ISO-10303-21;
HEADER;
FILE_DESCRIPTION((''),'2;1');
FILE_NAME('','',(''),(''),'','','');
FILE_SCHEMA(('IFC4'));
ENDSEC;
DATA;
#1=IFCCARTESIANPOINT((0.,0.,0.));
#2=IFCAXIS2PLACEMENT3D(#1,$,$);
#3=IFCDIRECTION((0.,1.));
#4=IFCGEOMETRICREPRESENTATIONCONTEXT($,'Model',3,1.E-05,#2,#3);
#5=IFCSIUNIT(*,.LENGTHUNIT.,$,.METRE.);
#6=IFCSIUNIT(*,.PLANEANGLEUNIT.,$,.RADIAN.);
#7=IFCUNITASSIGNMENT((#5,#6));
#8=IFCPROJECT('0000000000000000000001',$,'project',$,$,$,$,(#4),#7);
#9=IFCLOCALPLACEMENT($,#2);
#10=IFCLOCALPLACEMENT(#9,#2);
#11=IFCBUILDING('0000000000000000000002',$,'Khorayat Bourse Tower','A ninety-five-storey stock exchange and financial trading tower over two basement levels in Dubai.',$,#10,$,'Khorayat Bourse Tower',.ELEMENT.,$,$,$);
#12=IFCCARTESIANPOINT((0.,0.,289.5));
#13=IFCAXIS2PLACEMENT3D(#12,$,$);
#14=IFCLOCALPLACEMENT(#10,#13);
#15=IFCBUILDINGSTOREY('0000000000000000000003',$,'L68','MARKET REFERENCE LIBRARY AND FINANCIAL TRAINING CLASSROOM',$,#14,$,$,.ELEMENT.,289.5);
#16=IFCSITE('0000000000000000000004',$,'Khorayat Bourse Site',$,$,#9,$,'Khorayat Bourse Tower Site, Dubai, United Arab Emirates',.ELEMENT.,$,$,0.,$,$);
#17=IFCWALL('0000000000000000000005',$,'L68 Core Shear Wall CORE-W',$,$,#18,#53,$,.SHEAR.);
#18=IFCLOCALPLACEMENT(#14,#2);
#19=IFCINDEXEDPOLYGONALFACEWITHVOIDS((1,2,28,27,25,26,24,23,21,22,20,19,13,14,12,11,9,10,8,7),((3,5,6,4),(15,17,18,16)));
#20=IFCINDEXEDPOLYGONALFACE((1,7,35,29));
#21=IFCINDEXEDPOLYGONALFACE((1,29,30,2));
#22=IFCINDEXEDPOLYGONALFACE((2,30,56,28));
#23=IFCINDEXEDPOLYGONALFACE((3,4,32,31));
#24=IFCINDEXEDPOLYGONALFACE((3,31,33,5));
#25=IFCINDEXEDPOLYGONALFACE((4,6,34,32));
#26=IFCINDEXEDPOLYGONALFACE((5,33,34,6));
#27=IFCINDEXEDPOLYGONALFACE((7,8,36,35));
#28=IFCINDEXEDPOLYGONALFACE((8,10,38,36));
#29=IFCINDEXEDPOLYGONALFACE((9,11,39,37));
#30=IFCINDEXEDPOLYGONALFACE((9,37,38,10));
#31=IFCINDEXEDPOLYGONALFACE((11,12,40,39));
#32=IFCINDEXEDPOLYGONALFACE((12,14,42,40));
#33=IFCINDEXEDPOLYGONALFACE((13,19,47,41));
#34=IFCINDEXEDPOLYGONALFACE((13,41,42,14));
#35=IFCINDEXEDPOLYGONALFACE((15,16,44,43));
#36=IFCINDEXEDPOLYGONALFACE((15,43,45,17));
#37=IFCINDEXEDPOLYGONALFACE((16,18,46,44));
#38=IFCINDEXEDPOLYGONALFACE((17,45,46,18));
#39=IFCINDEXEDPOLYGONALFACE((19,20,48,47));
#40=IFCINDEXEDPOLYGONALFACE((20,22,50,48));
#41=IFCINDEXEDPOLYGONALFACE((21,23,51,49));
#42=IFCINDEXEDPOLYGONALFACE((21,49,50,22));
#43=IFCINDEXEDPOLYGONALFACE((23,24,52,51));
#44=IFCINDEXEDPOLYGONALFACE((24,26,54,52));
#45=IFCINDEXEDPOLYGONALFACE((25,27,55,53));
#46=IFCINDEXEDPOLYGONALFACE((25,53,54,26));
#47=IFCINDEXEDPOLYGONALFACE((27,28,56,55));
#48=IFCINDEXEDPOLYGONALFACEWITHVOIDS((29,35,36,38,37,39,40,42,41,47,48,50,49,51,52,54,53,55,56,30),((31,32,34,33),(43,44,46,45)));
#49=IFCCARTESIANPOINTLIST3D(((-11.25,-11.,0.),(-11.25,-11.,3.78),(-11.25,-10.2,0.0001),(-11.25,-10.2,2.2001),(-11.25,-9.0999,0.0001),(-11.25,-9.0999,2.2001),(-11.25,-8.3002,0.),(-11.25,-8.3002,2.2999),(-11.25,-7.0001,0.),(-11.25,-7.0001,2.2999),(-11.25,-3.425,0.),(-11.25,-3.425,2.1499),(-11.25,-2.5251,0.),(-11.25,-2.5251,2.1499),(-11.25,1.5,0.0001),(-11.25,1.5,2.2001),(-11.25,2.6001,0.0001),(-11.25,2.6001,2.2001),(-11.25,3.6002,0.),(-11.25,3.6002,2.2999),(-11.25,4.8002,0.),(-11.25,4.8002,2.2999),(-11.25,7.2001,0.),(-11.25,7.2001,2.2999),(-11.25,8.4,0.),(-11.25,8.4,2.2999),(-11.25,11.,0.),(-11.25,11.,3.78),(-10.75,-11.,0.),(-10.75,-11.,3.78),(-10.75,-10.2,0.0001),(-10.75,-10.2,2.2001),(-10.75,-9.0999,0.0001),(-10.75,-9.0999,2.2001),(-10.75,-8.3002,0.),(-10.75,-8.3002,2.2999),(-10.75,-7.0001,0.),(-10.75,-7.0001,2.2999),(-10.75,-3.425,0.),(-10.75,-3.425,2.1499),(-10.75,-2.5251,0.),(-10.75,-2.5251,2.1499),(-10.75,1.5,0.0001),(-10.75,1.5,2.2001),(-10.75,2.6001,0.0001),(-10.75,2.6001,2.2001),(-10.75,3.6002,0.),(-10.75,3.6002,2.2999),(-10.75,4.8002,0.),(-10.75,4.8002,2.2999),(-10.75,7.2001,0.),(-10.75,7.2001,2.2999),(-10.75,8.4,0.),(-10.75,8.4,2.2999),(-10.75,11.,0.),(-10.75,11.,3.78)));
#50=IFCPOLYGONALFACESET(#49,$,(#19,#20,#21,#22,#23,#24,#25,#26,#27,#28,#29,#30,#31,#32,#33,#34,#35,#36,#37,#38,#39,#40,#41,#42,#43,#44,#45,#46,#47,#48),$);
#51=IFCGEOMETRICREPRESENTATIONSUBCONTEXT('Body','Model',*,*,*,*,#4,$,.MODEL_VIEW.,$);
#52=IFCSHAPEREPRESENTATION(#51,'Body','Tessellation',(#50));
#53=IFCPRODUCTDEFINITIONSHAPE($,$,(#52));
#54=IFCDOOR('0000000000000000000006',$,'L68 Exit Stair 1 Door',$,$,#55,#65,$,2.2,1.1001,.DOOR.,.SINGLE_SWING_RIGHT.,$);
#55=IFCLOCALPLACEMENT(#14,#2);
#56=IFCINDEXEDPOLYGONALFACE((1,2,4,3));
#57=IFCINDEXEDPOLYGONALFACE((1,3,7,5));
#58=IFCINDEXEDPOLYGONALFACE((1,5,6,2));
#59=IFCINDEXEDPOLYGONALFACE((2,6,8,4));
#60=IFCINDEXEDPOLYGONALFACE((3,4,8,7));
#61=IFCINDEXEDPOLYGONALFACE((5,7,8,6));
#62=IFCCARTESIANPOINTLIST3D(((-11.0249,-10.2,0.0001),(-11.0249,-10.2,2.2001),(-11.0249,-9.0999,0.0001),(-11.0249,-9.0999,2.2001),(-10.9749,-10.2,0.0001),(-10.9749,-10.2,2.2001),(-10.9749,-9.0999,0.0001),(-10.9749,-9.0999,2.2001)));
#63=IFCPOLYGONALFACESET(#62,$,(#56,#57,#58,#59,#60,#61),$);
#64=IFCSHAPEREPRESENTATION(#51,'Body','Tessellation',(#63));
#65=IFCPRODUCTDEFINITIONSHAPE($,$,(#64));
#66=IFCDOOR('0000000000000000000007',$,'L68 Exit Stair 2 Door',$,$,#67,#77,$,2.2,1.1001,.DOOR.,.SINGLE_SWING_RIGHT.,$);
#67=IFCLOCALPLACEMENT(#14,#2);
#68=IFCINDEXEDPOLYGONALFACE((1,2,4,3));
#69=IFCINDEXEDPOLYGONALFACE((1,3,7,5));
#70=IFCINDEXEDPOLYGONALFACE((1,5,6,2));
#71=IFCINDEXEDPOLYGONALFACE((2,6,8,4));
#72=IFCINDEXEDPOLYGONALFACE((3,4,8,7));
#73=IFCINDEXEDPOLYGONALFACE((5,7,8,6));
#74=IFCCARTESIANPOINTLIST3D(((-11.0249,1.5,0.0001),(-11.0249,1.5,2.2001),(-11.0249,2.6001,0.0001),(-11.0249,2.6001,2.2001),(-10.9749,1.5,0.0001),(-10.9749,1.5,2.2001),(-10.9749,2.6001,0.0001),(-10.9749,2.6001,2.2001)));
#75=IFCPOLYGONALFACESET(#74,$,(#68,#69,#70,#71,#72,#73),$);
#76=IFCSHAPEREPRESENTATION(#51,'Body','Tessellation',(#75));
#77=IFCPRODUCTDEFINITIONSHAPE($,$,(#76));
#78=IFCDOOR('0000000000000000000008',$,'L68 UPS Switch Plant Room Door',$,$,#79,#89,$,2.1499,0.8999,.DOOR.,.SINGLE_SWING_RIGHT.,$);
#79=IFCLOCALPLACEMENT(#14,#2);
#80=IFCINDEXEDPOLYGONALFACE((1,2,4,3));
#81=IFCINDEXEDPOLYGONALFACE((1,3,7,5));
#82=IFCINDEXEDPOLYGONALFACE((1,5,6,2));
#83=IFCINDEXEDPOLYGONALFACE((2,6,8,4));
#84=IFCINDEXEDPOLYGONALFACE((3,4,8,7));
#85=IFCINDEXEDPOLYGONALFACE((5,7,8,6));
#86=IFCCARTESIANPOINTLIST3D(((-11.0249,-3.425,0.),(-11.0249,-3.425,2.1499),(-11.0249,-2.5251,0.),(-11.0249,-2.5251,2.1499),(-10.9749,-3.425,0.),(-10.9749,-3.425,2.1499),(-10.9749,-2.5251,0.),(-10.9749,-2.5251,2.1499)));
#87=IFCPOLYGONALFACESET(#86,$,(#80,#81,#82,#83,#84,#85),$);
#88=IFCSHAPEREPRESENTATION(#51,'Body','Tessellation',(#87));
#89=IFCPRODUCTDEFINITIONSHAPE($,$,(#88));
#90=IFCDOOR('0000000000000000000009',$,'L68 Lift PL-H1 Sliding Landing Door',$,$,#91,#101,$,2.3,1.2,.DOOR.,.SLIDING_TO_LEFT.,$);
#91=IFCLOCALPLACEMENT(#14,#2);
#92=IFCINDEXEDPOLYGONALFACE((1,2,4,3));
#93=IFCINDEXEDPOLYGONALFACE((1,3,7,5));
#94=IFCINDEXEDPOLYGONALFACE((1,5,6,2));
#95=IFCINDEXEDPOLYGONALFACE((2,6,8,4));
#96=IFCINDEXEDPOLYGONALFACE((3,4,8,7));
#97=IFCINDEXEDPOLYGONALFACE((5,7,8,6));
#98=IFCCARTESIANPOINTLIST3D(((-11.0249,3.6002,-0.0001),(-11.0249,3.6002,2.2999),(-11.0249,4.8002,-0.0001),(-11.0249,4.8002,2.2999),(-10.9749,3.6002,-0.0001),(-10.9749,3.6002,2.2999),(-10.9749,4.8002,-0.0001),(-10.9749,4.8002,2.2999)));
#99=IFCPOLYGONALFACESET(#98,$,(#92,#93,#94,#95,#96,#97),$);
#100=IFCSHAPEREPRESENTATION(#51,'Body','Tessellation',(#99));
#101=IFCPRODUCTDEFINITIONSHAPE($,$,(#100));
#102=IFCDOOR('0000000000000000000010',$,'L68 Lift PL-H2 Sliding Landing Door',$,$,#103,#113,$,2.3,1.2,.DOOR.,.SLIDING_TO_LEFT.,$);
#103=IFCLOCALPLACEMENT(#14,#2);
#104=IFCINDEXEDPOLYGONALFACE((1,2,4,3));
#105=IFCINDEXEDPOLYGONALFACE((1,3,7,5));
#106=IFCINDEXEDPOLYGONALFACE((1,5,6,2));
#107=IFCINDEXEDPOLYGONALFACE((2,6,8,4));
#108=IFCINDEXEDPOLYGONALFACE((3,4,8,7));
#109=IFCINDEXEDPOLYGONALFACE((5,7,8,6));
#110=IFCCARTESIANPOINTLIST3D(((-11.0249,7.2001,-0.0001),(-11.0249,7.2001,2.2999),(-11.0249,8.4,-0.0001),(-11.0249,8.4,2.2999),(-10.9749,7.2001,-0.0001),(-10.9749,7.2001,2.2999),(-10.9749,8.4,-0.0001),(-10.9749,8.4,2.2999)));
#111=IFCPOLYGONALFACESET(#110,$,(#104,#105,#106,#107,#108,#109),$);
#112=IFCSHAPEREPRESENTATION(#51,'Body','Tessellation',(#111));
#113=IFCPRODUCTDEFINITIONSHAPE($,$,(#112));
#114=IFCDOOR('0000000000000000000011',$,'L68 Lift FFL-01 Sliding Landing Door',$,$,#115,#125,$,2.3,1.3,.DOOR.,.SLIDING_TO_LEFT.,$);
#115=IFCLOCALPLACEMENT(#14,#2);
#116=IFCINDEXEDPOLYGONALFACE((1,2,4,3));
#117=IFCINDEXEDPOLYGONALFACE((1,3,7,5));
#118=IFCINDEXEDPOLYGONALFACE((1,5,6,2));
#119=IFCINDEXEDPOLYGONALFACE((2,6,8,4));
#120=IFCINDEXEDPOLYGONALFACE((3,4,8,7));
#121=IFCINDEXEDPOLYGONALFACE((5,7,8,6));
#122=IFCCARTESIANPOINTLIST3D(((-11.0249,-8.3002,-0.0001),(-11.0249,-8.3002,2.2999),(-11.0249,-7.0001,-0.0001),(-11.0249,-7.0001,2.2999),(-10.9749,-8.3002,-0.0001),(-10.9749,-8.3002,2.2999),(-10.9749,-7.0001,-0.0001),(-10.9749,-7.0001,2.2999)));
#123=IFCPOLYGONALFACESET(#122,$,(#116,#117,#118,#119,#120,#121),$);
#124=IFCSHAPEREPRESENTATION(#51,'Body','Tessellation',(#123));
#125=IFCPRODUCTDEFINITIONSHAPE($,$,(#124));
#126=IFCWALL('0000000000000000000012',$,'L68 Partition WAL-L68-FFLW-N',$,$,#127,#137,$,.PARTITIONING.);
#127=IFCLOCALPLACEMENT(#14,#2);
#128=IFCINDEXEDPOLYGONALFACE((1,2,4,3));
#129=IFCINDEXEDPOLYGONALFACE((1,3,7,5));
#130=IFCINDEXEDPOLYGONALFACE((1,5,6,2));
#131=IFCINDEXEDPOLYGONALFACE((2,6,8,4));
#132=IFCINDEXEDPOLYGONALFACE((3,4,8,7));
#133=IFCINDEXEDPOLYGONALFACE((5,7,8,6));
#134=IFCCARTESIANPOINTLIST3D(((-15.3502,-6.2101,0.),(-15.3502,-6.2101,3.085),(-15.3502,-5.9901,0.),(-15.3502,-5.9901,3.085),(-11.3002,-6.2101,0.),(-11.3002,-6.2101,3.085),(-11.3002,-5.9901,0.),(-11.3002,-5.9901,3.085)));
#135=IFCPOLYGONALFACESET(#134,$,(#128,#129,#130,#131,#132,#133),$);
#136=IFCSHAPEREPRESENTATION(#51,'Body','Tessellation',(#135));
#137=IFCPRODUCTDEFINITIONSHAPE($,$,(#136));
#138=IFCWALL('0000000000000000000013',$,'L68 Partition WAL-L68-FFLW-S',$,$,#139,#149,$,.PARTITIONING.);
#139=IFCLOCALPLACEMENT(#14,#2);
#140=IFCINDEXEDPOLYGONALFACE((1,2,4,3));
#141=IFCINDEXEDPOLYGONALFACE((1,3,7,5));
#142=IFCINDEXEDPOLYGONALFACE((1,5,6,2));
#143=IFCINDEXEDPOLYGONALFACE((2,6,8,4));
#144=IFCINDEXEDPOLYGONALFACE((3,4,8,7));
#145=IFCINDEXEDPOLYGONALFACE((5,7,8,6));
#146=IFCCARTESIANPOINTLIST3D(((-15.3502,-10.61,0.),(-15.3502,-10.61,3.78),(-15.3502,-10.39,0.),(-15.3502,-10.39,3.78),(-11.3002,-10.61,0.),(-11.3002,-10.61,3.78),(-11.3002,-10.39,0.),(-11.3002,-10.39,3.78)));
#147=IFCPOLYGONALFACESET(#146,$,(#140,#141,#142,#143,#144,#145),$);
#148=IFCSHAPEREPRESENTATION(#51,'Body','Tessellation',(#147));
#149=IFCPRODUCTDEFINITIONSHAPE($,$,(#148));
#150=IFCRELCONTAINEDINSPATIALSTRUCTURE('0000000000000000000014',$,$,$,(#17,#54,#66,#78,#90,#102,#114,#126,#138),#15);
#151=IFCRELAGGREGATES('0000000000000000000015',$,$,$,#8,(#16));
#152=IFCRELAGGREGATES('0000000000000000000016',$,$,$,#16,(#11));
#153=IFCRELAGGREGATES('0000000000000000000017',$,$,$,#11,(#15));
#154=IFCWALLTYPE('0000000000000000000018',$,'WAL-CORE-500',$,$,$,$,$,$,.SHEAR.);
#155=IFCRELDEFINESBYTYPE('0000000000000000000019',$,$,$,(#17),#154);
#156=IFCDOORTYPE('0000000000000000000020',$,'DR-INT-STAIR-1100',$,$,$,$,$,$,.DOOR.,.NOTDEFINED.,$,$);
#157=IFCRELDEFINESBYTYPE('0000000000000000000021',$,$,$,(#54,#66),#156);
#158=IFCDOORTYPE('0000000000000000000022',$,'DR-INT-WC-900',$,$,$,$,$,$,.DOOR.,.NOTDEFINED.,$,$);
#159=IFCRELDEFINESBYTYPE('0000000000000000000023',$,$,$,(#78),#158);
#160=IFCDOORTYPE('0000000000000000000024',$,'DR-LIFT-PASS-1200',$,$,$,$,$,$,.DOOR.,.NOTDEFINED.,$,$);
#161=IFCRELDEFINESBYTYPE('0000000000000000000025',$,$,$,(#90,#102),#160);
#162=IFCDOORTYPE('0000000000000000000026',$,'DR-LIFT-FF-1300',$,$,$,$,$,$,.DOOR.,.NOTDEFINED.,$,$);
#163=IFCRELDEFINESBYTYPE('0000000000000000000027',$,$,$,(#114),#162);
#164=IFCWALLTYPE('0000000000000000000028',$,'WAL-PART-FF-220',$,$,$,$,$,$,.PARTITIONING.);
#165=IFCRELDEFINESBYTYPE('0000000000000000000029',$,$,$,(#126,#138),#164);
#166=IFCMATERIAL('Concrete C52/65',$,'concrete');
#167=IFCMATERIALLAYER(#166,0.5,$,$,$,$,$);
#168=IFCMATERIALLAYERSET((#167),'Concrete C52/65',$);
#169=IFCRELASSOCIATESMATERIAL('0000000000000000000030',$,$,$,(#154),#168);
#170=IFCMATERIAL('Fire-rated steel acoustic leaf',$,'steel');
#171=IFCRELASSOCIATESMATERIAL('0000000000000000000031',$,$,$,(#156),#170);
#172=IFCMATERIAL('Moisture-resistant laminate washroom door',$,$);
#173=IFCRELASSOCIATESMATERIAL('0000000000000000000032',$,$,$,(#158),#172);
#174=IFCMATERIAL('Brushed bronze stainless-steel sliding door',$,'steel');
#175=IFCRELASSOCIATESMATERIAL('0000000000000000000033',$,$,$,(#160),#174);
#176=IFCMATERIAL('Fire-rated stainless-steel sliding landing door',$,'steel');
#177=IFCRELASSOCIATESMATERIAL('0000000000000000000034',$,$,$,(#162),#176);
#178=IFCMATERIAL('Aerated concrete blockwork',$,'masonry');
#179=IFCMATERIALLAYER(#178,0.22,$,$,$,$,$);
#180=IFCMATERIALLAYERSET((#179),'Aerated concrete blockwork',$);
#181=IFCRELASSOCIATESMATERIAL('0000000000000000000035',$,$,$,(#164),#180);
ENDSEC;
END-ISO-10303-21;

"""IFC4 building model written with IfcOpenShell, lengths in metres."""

from ifc_helpers import new_model, si_unit, direction, frame, frame_2d, origin, place, context, subcontext, project, spatial, rectangle, extrude, source, transform, mapped, material, layer, layer_set, type_object, element, fill, save


model = new_model("IFC4")

# Units and contexts
model_context = context("Model", 3, precision=1e-05, world=origin(), true_north=direction((0.0, 1.0)))
body_context = subcontext(model_context, "Body", "Model", "MODEL_VIEW")
ifc_project = project(units=[si_unit("LENGTHUNIT", "METRE"), si_unit("PLANEANGLEUNIT", "RADIAN")], contexts=[model_context])

# Site, building, storey
site_placement = place(None, origin())
site = spatial("IfcSite", under=ifc_project, at=site_placement, Name="Khorayat Bourse Site", LongName="Khorayat Bourse Tower Site, Dubai, United Arab Emirates", CompositionType="ELEMENT", RefElevation=0.0)
building_placement = place(site_placement, origin())
building = spatial("IfcBuilding", under=site, at=building_placement, Name="Khorayat Bourse Tower", Description="A ninety-five-storey stock exchange and financial trading tower over two basement levels in Dubai.", LongName="Khorayat Bourse Tower", CompositionType="ELEMENT")
storey_placement = place(building_placement, frame((0.0, 0.0, 289.5)))
storey = spatial("IfcBuildingStorey", under=building, at=storey_placement, Name="L68", Description="MARKET REFERENCE LIBRARY AND FINANCIAL TRAINING CLASSROOM", CompositionType="ELEMENT", Elevation=289.5)

# Shared definitions
ifc_material_1 = material(Name="Concrete C52/65", Category="concrete")

# Wall, openings, doors
ifc_layer_1 = layer(ifc_material_1, 0.5)
ifc_layer_set_1 = layer_set([ifc_layer_1], Name="Concrete C52/65")
wall_type_1 = type_object("IfcWallType", Name="WAL-CORE-500", PredefinedType="SHEAR", material=ifc_layer_set_1)
shared_shape_1 = source(origin(), body_context, "Body", "SweptSolid", [
    extrude(rectangle(XDim=22.0, YDim=0.5, at=frame_2d((11.0, 0.0))), origin(), (0.0, 0.0, 1.0), 3.78),
])
wall_1_placement = place(storey_placement, frame((-11.0, -11.0, 0.0), z_axis=(0.0, 0.0, 1.0), x_axis=(0.0, 1.0, 0.0)))
wall_1 = element("IfcWall", 1, at=wall_1_placement, inside=storey, type_object=wall_type_1, Name="L68 Core Shear Wall CORE-W", PredefinedType="SHEAR", context=body_context, shape_type="MappedRepresentation", body=[
    mapped(shared_shape_1, transform((0.0, 0.0, 0.0), scale=1.0)),
])
shared_shape_2 = source(origin(), body_context, "Body", "SweptSolid", [
    extrude(rectangle(XDim=1.1001, YDim=2.2, at=frame_2d((0.55, 1.1001))), frame((0.0, 0.26, 0.0), z_axis=(0.0, -1.0, 0.0), x_axis=(1.0, 0.0, 0.0)), (0.0, 0.0, 1.0), 0.52),
])
opening_1_placement = place(wall_1_placement, frame((0.8, 0.0, 0.0)))
opening_1 = element("IfcOpeningElement", 2, at=opening_1_placement, cuts=wall_1, PredefinedType="OPENING", context=body_context, shape_type="MappedRepresentation", body=[
    mapped(shared_shape_2, transform((0.0, 0.0, 0.0), scale=1.0)),
])
opening_2_placement = place(wall_1_placement, frame((12.5, 0.0, 0.0)))
opening_2 = element("IfcOpeningElement", 3, at=opening_2_placement, cuts=wall_1, PredefinedType="OPENING", context=body_context, shape_type="MappedRepresentation", body=[
    mapped(shared_shape_2, transform((0.0, 0.0, 0.0), scale=1.0)),
])
shared_shape_3 = source(origin(), body_context, "Body", "SweptSolid", [
    extrude(rectangle(XDim=0.8999, YDim=2.1499, at=frame_2d((0.45, 1.075))), frame((0.0, 0.26, 0.0), z_axis=(0.0, -1.0, 0.0), x_axis=(1.0, 0.0, 0.0)), (0.0, 0.0, 1.0), 0.52),
])
opening_3_placement = place(wall_1_placement, frame((7.575, 0.0, 0.0)))
opening_3 = element("IfcOpeningElement", 4, at=opening_3_placement, cuts=wall_1, PredefinedType="OPENING", context=body_context, shape_type="MappedRepresentation", body=[
    mapped(shared_shape_3, transform((0.0, 0.0, 0.0), scale=1.0)),
])
shared_shape_4 = source(origin(), body_context, "Body", "SweptSolid", [
    extrude(rectangle(XDim=1.2, YDim=2.3, at=frame_2d((0.6001, 1.1499))), frame((0.0, 0.26, 0.0), z_axis=(0.0, -1.0, 0.0), x_axis=(1.0, 0.0, 0.0)), (0.0, 0.0, 1.0), 0.52),
])
opening_4_placement = place(wall_1_placement, frame((14.6001, 0.0, 0.0)))
opening_4 = element("IfcOpeningElement", 5, at=opening_4_placement, cuts=wall_1, PredefinedType="OPENING", context=body_context, shape_type="MappedRepresentation", body=[
    mapped(shared_shape_4, transform((0.0, 0.0, 0.0), scale=1.0)),
])
opening_5_placement = place(wall_1_placement, frame((18.2, 0.0, 0.0)))
opening_5 = element("IfcOpeningElement", 6, at=opening_5_placement, cuts=wall_1, PredefinedType="OPENING", context=body_context, shape_type="MappedRepresentation", body=[
    mapped(shared_shape_4, transform((0.0, 0.0, 0.0), scale=1.0)),
])
shared_shape_5 = source(origin(), body_context, "Body", "SweptSolid", [
    extrude(rectangle(XDim=1.3, YDim=2.3, at=frame_2d((0.6499, 1.1499))), frame((0.0, 0.26, 0.0), z_axis=(0.0, -1.0, 0.0), x_axis=(1.0, 0.0, 0.0)), (0.0, 0.0, 1.0), 0.52),
])
opening_6_placement = place(wall_1_placement, frame((2.7, 0.0, 0.0)))
opening_6 = element("IfcOpeningElement", 7, at=opening_6_placement, cuts=wall_1, PredefinedType="OPENING", context=body_context, shape_type="MappedRepresentation", body=[
    mapped(shared_shape_5, transform((0.0, 0.0, 0.0), scale=1.0)),
])
ifc_material_2 = material(Name="Fire-rated steel acoustic leaf", Category="steel")
door_type_1 = type_object("IfcDoorType", Name="DR-INT-STAIR-1100", OperationType="NOTDEFINED", PredefinedType="DOOR", material=ifc_material_2)
shared_shape_6 = source(origin(), body_context, "Body", "SweptSolid", [
    extrude(rectangle(XDim=1.1001, YDim=2.2, at=frame_2d((0.55, 1.1001))), frame((0.0, 0.0249, 0.0), z_axis=(0.0, -1.0, 0.0), x_axis=(1.0, 0.0, 0.0)), (0.0, 0.0, 1.0), 0.05),
])
door_1_placement = place(opening_1_placement, origin())
door_1 = element("IfcDoor", 8, at=door_1_placement, inside=storey, type_object=door_type_1, Name="L68 Exit Stair 1 Door", OperationType="SINGLE_SWING_RIGHT", OverallHeight=2.2, OverallWidth=1.1001, PredefinedType="DOOR", context=body_context, shape_type="MappedRepresentation", body=[
    mapped(shared_shape_6, transform((0.0, 0.0, 0.0), scale=1.0)),
])
fill(opening_1, door_1)
door_2_placement = place(opening_2_placement, origin())
door_2 = element("IfcDoor", 9, at=door_2_placement, inside=storey, type_object=door_type_1, Name="L68 Exit Stair 2 Door", OperationType="SINGLE_SWING_RIGHT", OverallHeight=2.2, OverallWidth=1.1001, PredefinedType="DOOR", context=body_context, shape_type="MappedRepresentation", body=[
    mapped(shared_shape_6, transform((0.0, 0.0, 0.0), scale=1.0)),
])
fill(opening_2, door_2)
ifc_material_3 = material(Name="Moisture-resistant laminate washroom door")
door_type_2 = type_object("IfcDoorType", Name="DR-INT-WC-900", OperationType="NOTDEFINED", PredefinedType="DOOR", material=ifc_material_3)
shared_shape_7 = source(origin(), body_context, "Body", "SweptSolid", [
    extrude(rectangle(XDim=0.8999, YDim=2.1499, at=frame_2d((0.45, 1.075))), frame((0.0, 0.0249, 0.0), z_axis=(0.0, -1.0, 0.0), x_axis=(1.0, 0.0, 0.0)), (0.0, 0.0, 1.0), 0.05),
])
door_3_placement = place(opening_3_placement, origin())
door_3 = element("IfcDoor", 10, at=door_3_placement, inside=storey, type_object=door_type_2, Name="L68 UPS Switch Plant Room Door", OperationType="SINGLE_SWING_RIGHT", OverallHeight=2.1499, OverallWidth=0.8999, PredefinedType="DOOR", context=body_context, shape_type="MappedRepresentation", body=[
    mapped(shared_shape_7, transform((0.0, 0.0, 0.0), scale=1.0)),
])
fill(opening_3, door_3)
ifc_material_4 = material(Name="Brushed bronze stainless-steel sliding door", Category="steel")
door_type_3 = type_object("IfcDoorType", Name="DR-LIFT-PASS-1200", OperationType="NOTDEFINED", PredefinedType="DOOR", material=ifc_material_4)
shared_shape_8 = source(origin(), body_context, "Body", "SweptSolid", [
    extrude(rectangle(XDim=1.2, YDim=2.3, at=frame_2d((0.6001, 1.1499))), frame((0.0, 0.0249, 0.0), z_axis=(0.0, -1.0, 0.0), x_axis=(1.0, 0.0, 0.0)), (0.0, 0.0, 1.0), 0.05),
])
door_4_placement = place(opening_4_placement, origin())
door_4 = element("IfcDoor", 11, at=door_4_placement, inside=storey, type_object=door_type_3, Name="L68 Lift PL-H1 Sliding Landing Door", OperationType="SLIDING_TO_LEFT", OverallHeight=2.3, OverallWidth=1.2, PredefinedType="DOOR", context=body_context, shape_type="MappedRepresentation", body=[
    mapped(shared_shape_8, transform((0.0, 0.0, 0.0), scale=1.0)),
])
fill(opening_4, door_4)
door_5_placement = place(opening_5_placement, origin())
door_5 = element("IfcDoor", 12, at=door_5_placement, inside=storey, type_object=door_type_3, Name="L68 Lift PL-H2 Sliding Landing Door", OperationType="SLIDING_TO_LEFT", OverallHeight=2.3, OverallWidth=1.2, PredefinedType="DOOR", context=body_context, shape_type="MappedRepresentation", body=[
    mapped(shared_shape_8, transform((0.0, 0.0, 0.0), scale=1.0)),
])
fill(opening_5, door_5)
ifc_material_5 = material(Name="Fire-rated stainless-steel sliding landing door", Category="steel")
door_type_4 = type_object("IfcDoorType", Name="DR-LIFT-FF-1300", OperationType="NOTDEFINED", PredefinedType="DOOR", material=ifc_material_5)
shared_shape_9 = source(origin(), body_context, "Body", "SweptSolid", [
    extrude(rectangle(XDim=1.3, YDim=2.3, at=frame_2d((0.6499, 1.1499))), frame((0.0, 0.0249, 0.0), z_axis=(0.0, -1.0, 0.0), x_axis=(1.0, 0.0, 0.0)), (0.0, 0.0, 1.0), 0.05),
])
door_6_placement = place(opening_6_placement, origin())
door_6 = element("IfcDoor", 13, at=door_6_placement, inside=storey, type_object=door_type_4, Name="L68 Lift FFL-01 Sliding Landing Door", OperationType="SLIDING_TO_LEFT", OverallHeight=2.3, OverallWidth=1.3, PredefinedType="DOOR", context=body_context, shape_type="MappedRepresentation", body=[
    mapped(shared_shape_9, transform((0.0, 0.0, 0.0), scale=1.0)),
])
fill(opening_6, door_6)

# Walls
ifc_material_6 = material(Name="Aerated concrete blockwork", Category="masonry")
ifc_layer_2 = layer(ifc_material_6, 0.22)
ifc_layer_set_2 = layer_set([ifc_layer_2], Name="Aerated concrete blockwork")
wall_type_2 = type_object("IfcWallType", Name="WAL-PART-FF-220", PredefinedType="PARTITIONING", material=ifc_layer_set_2)
shared_shape_10 = source(origin(), body_context, "Body", "SweptSolid", [
    extrude(rectangle(XDim=4.05, YDim=0.22, at=frame_2d((2.0249, 0.0))), origin(), (0.0, 0.0, 1.0), 3.085),
])
wall_2_placement = place(storey_placement, frame((-15.3501, -6.1001, 0.0), z_axis=(0.0, 0.0, 1.0), x_axis=(1.0, 0.0, 0.0)))
element("IfcWall", 14, at=wall_2_placement, inside=storey, type_object=wall_type_2, Name="L68 Partition WAL-L68-FFLW-N", PredefinedType="PARTITIONING", context=body_context, shape_type="MappedRepresentation", body=[
    mapped(shared_shape_10, transform((0.0, 0.0, 0.0), scale=1.0)),
])
shared_shape_11 = source(origin(), body_context, "Body", "SweptSolid", [
    extrude(rectangle(XDim=4.05, YDim=0.22, at=frame_2d((2.0249, 0.0))), origin(), (0.0, 0.0, 1.0), 3.78),
])
wall_3_placement = place(storey_placement, frame((-15.3501, -10.5, 0.0), z_axis=(0.0, 0.0, 1.0), x_axis=(1.0, 0.0, 0.0)))
element("IfcWall", 15, at=wall_3_placement, inside=storey, type_object=wall_type_2, Name="L68 Partition WAL-L68-FFLW-S", PredefinedType="PARTITIONING", context=body_context, shape_type="MappedRepresentation", body=[
    mapped(shared_shape_11, transform((0.0, 0.0, 0.0), scale=1.0)),
])

save(model, "model.ifc")
